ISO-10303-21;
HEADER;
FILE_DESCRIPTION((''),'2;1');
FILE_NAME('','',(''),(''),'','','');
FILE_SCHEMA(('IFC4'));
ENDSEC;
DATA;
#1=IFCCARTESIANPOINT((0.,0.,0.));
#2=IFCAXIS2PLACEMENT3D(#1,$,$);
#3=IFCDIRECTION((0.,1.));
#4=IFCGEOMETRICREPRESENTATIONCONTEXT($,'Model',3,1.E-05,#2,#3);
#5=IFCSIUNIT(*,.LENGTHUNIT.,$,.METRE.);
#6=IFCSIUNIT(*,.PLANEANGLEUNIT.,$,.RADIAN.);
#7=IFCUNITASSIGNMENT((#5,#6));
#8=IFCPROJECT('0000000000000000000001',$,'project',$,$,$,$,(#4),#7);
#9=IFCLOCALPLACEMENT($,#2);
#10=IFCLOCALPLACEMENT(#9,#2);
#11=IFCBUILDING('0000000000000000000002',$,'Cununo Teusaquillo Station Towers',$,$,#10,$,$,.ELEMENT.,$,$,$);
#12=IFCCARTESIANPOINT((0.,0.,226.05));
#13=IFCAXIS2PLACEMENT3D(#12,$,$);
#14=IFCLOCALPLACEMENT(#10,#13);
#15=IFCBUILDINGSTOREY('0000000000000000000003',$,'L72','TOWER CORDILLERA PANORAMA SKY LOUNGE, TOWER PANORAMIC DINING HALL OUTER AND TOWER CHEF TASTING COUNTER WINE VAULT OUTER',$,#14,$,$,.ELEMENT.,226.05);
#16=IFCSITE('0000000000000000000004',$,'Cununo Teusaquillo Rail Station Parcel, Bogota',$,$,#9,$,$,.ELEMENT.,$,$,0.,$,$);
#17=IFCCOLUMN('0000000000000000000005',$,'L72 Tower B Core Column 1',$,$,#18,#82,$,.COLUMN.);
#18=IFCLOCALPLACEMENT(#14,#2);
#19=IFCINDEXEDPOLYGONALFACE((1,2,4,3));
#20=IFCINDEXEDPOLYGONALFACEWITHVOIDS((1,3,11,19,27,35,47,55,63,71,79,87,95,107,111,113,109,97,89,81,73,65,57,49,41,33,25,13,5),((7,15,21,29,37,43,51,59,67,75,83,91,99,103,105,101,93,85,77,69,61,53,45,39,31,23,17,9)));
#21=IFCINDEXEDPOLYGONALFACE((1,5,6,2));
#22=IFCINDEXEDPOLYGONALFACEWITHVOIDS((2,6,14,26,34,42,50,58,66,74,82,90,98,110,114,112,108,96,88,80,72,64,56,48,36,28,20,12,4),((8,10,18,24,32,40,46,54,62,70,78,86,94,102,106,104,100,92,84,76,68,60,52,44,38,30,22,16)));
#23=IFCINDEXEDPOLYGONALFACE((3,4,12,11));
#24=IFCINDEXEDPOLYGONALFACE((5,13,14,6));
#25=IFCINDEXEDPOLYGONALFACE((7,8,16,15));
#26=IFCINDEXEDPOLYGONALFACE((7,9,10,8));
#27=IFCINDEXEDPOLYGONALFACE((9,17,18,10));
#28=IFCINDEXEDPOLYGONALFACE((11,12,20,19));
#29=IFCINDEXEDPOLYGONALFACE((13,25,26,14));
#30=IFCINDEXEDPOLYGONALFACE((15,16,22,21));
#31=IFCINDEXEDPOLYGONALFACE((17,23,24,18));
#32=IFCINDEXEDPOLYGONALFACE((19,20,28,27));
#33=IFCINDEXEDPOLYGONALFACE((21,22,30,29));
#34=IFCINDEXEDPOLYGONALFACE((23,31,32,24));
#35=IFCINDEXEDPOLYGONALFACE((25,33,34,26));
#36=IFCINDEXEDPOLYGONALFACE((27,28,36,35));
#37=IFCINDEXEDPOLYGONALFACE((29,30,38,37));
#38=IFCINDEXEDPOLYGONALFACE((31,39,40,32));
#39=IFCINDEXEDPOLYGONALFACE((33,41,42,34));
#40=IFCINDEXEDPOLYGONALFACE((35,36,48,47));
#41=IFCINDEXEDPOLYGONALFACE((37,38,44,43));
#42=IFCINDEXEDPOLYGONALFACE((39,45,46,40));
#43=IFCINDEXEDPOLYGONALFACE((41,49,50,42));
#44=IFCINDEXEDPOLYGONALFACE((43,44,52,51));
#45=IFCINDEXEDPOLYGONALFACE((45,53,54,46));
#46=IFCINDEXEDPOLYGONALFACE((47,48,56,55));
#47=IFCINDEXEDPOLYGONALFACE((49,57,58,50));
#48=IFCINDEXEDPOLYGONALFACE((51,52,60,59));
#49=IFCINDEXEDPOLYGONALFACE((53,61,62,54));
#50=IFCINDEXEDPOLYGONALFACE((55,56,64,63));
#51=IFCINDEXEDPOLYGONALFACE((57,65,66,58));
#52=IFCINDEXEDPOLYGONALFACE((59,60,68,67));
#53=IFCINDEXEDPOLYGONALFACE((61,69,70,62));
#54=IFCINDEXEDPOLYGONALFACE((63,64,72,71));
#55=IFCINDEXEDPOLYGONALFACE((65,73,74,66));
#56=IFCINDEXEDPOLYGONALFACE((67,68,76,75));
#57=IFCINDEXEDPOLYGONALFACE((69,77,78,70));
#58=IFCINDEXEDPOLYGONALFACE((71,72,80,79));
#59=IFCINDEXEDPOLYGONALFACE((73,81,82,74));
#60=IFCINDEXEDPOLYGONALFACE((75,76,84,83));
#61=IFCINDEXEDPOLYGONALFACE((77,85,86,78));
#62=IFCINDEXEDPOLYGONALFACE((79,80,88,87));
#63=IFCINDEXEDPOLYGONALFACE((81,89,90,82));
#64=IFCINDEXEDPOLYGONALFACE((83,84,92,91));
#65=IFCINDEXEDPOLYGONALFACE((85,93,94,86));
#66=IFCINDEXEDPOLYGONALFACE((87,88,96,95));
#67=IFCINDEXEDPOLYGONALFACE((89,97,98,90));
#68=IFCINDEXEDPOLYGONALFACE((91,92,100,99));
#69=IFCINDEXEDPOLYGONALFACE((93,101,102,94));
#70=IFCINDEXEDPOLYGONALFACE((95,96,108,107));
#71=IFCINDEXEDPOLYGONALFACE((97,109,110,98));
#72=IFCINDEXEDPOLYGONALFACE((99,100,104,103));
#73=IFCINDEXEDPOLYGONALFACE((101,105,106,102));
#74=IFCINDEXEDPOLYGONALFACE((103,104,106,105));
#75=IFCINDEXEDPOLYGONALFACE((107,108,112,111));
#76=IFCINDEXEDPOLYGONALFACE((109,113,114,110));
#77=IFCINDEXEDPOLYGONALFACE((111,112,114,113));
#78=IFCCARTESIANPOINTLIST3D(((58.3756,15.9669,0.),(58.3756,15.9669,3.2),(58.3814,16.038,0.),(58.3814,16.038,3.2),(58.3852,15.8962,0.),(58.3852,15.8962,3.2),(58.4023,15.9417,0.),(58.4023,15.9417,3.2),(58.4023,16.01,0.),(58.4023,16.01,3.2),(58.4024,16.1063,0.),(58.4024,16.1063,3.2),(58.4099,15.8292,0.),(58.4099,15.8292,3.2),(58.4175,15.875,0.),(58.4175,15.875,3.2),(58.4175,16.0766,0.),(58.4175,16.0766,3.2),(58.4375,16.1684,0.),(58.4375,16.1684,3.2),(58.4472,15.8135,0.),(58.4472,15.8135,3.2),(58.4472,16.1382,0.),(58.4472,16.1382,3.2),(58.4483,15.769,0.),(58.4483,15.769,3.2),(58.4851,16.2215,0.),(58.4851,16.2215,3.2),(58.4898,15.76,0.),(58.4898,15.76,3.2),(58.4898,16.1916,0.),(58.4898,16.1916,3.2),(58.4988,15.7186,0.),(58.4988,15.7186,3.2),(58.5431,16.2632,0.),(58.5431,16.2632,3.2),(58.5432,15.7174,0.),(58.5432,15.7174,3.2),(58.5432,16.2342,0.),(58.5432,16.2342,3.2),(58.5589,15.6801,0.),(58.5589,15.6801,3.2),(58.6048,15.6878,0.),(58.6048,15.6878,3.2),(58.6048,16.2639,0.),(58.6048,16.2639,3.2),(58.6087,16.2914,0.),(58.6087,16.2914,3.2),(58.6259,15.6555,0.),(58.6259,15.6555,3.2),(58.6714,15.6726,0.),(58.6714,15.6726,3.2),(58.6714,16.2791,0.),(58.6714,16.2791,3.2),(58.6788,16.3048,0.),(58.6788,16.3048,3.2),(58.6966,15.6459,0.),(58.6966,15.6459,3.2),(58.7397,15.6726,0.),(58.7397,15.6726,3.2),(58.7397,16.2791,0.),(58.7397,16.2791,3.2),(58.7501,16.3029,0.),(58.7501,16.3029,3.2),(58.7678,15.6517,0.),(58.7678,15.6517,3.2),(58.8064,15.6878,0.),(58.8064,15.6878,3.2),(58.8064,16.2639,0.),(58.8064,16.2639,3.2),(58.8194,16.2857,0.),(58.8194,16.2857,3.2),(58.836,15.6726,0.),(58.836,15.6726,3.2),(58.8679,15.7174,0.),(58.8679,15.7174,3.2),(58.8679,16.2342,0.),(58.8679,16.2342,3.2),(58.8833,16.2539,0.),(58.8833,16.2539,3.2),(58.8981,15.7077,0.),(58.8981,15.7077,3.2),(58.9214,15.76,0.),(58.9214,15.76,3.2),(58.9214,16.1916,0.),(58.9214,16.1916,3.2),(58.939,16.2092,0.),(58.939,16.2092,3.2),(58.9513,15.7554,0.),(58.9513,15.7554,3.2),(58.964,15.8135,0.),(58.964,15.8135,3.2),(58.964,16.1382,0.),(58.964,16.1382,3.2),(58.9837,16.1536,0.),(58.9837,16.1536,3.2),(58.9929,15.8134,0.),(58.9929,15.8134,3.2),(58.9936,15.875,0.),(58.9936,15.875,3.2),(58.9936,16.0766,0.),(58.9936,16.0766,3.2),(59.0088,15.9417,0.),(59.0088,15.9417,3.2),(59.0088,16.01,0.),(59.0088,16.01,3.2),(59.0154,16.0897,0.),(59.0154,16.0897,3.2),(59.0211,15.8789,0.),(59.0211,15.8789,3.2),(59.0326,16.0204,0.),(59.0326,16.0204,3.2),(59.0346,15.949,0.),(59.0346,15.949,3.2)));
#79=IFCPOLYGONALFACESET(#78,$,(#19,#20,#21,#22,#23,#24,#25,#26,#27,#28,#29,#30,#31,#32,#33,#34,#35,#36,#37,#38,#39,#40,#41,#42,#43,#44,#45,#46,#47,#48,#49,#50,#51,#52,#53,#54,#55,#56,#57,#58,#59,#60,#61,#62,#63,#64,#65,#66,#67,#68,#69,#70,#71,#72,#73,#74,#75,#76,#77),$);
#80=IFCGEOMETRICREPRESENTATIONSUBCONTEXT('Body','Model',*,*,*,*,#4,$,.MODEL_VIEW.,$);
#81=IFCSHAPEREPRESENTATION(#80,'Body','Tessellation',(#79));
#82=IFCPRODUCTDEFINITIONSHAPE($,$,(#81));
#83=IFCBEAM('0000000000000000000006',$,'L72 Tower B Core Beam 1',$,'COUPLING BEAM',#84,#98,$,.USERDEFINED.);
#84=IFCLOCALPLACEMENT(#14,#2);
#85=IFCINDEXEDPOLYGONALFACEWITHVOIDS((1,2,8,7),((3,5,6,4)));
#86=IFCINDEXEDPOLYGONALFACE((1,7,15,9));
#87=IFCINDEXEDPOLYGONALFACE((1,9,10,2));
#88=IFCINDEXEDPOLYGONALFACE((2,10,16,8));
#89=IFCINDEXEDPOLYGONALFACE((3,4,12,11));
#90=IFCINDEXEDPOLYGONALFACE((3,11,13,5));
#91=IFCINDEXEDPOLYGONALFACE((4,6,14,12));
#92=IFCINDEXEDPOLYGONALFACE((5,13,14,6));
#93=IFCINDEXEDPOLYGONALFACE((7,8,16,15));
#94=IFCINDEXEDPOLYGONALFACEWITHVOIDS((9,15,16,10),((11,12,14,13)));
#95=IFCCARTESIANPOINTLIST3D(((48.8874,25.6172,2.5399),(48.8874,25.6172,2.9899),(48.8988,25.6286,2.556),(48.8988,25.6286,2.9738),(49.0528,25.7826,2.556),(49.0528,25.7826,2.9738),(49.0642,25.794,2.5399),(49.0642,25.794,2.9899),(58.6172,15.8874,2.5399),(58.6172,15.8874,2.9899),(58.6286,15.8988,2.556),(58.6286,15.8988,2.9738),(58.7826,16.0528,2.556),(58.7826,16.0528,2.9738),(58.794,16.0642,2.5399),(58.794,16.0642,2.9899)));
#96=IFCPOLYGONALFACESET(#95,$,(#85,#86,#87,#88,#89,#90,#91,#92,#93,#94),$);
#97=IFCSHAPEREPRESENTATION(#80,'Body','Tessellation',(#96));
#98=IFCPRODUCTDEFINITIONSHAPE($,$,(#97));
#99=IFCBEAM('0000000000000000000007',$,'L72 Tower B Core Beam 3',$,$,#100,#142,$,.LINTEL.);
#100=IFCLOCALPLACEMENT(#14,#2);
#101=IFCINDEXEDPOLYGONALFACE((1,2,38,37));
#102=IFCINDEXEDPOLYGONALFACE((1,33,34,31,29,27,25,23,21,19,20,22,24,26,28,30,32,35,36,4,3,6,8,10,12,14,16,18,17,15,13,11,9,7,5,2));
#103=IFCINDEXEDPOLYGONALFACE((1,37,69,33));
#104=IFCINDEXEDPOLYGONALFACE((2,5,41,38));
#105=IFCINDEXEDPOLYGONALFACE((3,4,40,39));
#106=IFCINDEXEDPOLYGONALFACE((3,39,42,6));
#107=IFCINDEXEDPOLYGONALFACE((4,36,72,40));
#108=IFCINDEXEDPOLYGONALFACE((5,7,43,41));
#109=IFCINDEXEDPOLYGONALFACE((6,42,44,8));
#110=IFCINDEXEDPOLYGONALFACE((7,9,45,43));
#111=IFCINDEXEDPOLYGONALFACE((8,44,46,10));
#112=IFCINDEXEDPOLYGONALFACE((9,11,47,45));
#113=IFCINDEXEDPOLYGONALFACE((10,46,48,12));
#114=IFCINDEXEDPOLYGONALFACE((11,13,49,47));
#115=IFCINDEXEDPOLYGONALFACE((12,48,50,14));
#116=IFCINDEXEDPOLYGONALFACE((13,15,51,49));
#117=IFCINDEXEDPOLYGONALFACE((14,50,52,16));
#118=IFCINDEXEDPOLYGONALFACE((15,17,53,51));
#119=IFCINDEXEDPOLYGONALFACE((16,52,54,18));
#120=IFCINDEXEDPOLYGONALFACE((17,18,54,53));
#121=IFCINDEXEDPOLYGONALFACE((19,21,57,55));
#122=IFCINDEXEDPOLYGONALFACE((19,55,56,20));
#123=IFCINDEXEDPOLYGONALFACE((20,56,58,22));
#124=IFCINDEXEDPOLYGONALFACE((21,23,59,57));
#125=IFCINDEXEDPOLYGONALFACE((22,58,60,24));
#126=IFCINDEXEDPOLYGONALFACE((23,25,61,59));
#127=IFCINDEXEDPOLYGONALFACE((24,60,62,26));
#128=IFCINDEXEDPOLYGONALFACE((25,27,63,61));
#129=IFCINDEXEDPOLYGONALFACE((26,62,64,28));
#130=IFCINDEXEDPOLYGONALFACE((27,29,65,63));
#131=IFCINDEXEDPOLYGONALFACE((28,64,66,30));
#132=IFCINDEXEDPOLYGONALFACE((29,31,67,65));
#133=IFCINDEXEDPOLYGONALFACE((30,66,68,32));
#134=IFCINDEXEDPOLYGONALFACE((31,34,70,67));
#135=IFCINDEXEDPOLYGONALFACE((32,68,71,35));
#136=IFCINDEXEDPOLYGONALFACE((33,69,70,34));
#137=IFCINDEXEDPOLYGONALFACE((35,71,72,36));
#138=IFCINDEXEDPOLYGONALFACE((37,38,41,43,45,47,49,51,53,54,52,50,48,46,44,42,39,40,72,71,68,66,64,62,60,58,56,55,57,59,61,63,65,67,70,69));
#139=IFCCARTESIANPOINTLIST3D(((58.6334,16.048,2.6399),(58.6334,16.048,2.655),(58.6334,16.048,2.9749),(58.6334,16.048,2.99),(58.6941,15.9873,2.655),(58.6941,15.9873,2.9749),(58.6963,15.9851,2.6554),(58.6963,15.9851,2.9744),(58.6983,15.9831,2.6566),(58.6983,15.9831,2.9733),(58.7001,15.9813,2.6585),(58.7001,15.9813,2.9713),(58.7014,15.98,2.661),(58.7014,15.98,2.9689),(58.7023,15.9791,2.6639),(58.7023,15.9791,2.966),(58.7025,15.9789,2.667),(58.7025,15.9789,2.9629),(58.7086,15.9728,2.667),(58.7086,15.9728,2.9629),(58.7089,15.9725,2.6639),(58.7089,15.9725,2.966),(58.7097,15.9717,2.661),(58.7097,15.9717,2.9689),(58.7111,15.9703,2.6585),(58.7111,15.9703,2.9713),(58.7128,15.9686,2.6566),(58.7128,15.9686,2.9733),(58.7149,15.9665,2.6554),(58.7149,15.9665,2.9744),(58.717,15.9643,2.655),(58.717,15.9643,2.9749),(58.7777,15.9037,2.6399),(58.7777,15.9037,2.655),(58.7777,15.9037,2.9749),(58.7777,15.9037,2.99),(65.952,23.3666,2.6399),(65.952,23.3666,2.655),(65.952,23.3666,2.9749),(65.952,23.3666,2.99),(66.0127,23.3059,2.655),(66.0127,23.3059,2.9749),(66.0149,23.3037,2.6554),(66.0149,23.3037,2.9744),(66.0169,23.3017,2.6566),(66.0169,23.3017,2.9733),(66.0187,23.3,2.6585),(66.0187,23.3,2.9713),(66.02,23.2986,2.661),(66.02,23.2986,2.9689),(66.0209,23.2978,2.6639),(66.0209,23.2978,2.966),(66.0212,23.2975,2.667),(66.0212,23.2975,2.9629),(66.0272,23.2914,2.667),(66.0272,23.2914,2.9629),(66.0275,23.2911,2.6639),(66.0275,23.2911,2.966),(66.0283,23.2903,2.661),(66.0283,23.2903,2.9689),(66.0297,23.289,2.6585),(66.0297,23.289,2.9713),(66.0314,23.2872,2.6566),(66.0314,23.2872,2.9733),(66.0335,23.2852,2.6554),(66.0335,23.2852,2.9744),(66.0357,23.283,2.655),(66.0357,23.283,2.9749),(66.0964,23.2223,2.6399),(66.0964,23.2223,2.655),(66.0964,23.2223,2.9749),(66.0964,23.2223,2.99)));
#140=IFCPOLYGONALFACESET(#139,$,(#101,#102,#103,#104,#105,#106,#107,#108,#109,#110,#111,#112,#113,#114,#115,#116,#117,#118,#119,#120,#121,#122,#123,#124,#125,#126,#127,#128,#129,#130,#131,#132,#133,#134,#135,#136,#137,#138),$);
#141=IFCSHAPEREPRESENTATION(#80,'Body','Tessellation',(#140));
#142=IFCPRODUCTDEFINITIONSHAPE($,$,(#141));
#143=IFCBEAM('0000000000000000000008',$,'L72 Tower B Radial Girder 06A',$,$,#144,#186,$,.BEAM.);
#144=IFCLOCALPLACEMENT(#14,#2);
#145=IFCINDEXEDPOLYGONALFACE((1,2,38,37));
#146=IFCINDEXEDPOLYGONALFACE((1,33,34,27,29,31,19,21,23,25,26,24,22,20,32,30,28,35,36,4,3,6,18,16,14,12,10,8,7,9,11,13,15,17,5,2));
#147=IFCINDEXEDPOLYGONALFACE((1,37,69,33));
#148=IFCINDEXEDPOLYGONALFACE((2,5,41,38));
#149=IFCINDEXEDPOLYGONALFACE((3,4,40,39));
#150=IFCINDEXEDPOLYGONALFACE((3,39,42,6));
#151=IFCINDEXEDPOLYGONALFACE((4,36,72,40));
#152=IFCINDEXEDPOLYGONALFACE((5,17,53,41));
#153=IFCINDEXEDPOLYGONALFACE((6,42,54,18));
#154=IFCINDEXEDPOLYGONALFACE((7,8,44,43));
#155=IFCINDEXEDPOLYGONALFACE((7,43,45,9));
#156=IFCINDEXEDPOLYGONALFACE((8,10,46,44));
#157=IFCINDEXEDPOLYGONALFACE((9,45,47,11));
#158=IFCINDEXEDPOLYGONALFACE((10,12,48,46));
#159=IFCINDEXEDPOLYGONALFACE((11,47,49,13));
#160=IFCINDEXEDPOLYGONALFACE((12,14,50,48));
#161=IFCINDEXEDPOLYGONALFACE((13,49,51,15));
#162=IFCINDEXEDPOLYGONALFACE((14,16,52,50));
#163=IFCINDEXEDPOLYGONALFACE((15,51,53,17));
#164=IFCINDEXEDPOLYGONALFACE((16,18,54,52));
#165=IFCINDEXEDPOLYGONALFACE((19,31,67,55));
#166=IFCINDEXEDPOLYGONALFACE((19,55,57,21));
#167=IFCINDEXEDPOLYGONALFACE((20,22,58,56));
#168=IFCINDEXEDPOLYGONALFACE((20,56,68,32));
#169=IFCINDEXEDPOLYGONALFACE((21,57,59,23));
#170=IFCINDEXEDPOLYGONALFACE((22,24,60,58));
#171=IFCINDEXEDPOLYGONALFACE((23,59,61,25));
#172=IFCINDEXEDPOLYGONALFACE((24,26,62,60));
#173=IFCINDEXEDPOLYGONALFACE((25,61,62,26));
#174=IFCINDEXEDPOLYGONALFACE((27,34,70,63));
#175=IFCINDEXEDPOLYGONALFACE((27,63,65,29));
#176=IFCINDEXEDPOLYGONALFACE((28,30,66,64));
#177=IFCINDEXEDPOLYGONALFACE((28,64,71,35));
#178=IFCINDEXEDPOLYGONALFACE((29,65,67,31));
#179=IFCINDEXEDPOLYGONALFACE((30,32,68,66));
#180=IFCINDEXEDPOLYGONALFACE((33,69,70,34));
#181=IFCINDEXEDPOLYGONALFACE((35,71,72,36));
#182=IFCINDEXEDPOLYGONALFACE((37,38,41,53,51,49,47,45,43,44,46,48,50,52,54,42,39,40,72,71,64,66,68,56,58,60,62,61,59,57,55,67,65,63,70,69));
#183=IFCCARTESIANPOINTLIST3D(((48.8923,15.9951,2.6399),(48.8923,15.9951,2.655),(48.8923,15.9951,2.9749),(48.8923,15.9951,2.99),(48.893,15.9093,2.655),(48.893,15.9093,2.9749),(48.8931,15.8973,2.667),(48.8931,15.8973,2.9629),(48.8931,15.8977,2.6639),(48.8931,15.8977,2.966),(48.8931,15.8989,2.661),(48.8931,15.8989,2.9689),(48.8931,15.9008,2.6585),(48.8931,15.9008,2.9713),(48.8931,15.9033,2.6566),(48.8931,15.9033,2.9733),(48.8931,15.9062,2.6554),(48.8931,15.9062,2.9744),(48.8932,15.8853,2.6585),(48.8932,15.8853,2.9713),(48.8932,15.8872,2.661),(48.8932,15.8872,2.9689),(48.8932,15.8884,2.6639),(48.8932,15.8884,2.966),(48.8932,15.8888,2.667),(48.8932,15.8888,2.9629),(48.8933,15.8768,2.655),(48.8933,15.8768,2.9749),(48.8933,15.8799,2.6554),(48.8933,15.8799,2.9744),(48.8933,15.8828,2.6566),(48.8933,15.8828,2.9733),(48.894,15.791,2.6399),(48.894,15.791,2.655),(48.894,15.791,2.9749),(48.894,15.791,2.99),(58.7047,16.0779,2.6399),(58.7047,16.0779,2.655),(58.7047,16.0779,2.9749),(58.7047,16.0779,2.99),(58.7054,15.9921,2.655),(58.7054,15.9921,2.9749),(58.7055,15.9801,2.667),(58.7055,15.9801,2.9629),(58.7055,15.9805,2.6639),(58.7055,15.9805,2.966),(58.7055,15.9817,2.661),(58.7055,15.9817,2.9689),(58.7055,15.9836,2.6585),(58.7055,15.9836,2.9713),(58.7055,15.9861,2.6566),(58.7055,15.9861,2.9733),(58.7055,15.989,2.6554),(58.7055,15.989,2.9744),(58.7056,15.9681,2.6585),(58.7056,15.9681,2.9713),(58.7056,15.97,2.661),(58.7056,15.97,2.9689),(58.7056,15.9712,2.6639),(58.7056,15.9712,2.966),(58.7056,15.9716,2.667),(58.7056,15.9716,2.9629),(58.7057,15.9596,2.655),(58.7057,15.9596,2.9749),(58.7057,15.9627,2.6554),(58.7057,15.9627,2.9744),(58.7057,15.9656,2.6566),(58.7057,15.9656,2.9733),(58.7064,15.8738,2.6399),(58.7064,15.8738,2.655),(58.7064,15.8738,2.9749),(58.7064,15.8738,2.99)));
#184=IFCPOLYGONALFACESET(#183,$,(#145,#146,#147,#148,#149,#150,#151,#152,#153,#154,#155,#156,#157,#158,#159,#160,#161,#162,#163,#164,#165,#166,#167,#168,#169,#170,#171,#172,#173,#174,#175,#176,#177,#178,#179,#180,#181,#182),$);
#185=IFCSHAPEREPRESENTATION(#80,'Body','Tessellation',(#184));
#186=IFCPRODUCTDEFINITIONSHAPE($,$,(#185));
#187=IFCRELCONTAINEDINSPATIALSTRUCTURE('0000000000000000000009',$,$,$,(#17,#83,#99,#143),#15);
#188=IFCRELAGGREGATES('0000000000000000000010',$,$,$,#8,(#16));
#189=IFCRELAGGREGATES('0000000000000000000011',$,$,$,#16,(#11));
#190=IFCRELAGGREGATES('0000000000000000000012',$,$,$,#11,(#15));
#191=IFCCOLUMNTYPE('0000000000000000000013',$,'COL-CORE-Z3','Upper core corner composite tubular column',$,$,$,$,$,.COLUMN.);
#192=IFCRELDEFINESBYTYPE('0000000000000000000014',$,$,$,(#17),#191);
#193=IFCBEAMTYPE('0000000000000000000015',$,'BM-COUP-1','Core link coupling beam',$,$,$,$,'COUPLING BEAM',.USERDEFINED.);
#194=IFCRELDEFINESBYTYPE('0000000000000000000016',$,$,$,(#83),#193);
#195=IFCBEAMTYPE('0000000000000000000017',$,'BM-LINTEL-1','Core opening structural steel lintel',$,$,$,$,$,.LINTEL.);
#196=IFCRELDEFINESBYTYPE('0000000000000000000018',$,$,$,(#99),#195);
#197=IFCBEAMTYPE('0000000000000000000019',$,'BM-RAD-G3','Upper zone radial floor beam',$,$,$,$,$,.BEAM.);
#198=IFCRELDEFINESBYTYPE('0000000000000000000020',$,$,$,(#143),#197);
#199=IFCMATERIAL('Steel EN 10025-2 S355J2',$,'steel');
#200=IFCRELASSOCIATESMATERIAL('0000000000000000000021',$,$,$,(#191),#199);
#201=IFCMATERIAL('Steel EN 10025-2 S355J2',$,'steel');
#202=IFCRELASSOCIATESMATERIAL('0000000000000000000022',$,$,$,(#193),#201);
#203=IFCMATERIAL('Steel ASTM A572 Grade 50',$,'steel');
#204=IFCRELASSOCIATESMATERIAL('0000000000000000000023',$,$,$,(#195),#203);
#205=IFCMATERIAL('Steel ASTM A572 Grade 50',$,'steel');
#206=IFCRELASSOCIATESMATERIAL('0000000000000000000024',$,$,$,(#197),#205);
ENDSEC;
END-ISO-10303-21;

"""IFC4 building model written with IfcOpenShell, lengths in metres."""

from ifc_helpers import new_model, si_unit, direction, frame, origin, origin_2d, place, context, subcontext, project, spatial, hollow_rectangle, hollow_circle, i_section, extrude, material, material_profile, profile_set, type_object, element, save


model = new_model("IFC4")

# Units and contexts
model_context = context("Model", 3, precision=1e-05, world=origin(), true_north=direction((0.0, 1.0)))
body_context = subcontext(model_context, "Body", "Model", "MODEL_VIEW")
ifc_project = project(units=[si_unit("LENGTHUNIT", "METRE"), si_unit("PLANEANGLEUNIT", "RADIAN")], contexts=[model_context])

# Site, building, storey
site_placement = place(None, origin())
site = spatial("IfcSite", under=ifc_project, at=site_placement, Name="Cununo Teusaquillo Rail Station Parcel, Bogota", CompositionType="ELEMENT", RefElevation=0.0)
building_placement = place(site_placement, origin())
building = spatial("IfcBuilding", under=site, at=building_placement, Name="Cununo Teusaquillo Station Towers", CompositionType="ELEMENT")
storey_placement = place(building_placement, frame((0.0, 0.0, 226.05)))
storey = spatial("IfcBuildingStorey", under=building, at=storey_placement, Name="L72", Description="TOWER CORDILLERA PANORAMA SKY LOUNGE, TOWER PANORAMIC DINING HALL OUTER AND TOWER CHEF TASTING COUNTER WINE VAULT OUTER", CompositionType="ELEMENT", Elevation=226.05)

# Column
ifc_material_1 = material(Name="Steel EN 10025-2 S355J2", Category="steel")
ifc_material_profile_1 = material_profile(ifc_material_1, hollow_circle(Radius=0.3301, WallThickness=0.0249, at=origin_2d()), Name="CHS 660x25")
ifc_profile_set_1 = profile_set([ifc_material_profile_1], Name="Steel EN 10025-2 S355J2")
column_type = type_object("IfcColumnType", Name="COL-CORE-Z3", Description="Upper core corner composite tubular column", PredefinedType="COLUMN", material=ifc_profile_set_1)
column_placement = place(storey_placement, frame((58.7056, 15.9758, 0.0), z_axis=(0.0, 0.0, 1.0), x_axis=(0.707107, 0.707107, 0.0)))
element("IfcColumn", 1, at=column_placement, inside=storey, type_object=column_type, Name="L72 Tower B Core Column 1", PredefinedType="COLUMN", context=body_context, shape_type="SweptSolid", body=[
    extrude(hollow_circle(Radius=0.3301, WallThickness=0.0249, at=origin_2d()), origin(), (0.0, 0.0, 1.0), 3.2),
])

# Beams
ifc_material_2 = material(Name="Steel EN 10025-2 S355J2", Category="steel")
ifc_material_profile_2 = material_profile(ifc_material_2, hollow_rectangle(XDim=0.25, YDim=0.45, WallThickness=0.0161, at=origin_2d()), Name="RHS 450x250x16")
ifc_profile_set_2 = profile_set([ifc_material_profile_2], Name="Steel EN 10025-2 S355J2")
beam_type_1 = type_object("IfcBeamType", Name="BM-COUP-1", Description="Core link coupling beam", ElementType="COUPLING BEAM", PredefinedType="USERDEFINED", material=ifc_profile_set_2)
beam_1_placement = place(storey_placement, frame((58.7056, 15.9758, 2.7649), z_axis=(-0.707107, 0.707107, 0.0), x_axis=(-0.707107, -0.707107, 0.0)))
element("IfcBeam", 2, at=beam_1_placement, inside=storey, type_object=beam_type_1, Name="L72 Tower B Core Beam 1", ObjectType="COUPLING BEAM", PredefinedType="USERDEFINED", context=body_context, shape_type="SweptSolid", body=[
    extrude(hollow_rectangle(XDim=0.25, YDim=0.45, WallThickness=0.0161, at=origin_2d()), origin(), (0.0, 0.0, 1.0), 13.76),
])
ifc_material_3 = material(Name="Steel ASTM A572 Grade 50", Category="steel")
ifc_material_profile_3 = material_profile(ifc_material_3, i_section(OverallWidth=0.2041, OverallDepth=0.3501, WebThickness=0.0085, FlangeThickness=0.0151, FilletRadius=0.012, at=origin_2d()), Name="W14X48")
ifc_profile_set_3 = profile_set([ifc_material_profile_3], Name="Steel ASTM A572 Grade 50")
beam_type_2 = type_object("IfcBeamType", Name="BM-LINTEL-1", Description="Core opening structural steel lintel", PredefinedType="LINTEL", material=ifc_profile_set_3)
beam_2_placement = place(storey_placement, frame((58.7056, 15.9758, 2.8149), z_axis=(0.707107, 0.707107, 0.0), x_axis=(-0.707107, 0.707107, 0.0)))
element("IfcBeam", 3, at=beam_2_placement, inside=storey, type_object=beam_type_2, Name="L72 Tower B Core Beam 3", PredefinedType="LINTEL", context=body_context, shape_type="SweptSolid", body=[
    extrude(i_section(OverallWidth=0.2041, OverallDepth=0.3501, WebThickness=0.0085, FlangeThickness=0.0151, FilletRadius=0.012, at=origin_2d()), origin(), (0.0, 0.0, 1.0), 10.3501),
])
ifc_material_4 = material(Name="Steel ASTM A572 Grade 50", Category="steel")
ifc_material_profile_4 = material_profile(ifc_material_4, i_section(OverallWidth=0.2041, OverallDepth=0.3501, WebThickness=0.0085, FlangeThickness=0.0151, FilletRadius=0.012, at=origin_2d()), Name="W14X48")
ifc_profile_set_4 = profile_set([ifc_material_profile_4], Name="Steel ASTM A572 Grade 50")
beam_type_3 = type_object("IfcBeamType", Name="BM-RAD-G3", Description="Upper zone radial floor beam", PredefinedType="BEAM", material=ifc_profile_set_4)
beam_3_placement = place(storey_placement, frame((58.7056, 15.9758, 2.8149), z_axis=(-0.999964, -0.008434, 0.0), x_axis=(0.008434, -0.999964, 0.0)))
element("IfcBeam", 4, at=beam_3_placement, inside=storey, type_object=beam_type_3, Name="L72 Tower B Radial Girder 06A", PredefinedType="BEAM", context=body_context, shape_type="SweptSolid", body=[
    extrude(i_section(OverallWidth=0.2041, OverallDepth=0.3501, WebThickness=0.0085, FlangeThickness=0.0151, FilletRadius=0.012, at=origin_2d()), origin(), (0.0, 0.0, 1.0), 9.8127),
])

save(model, "model.ifc")
